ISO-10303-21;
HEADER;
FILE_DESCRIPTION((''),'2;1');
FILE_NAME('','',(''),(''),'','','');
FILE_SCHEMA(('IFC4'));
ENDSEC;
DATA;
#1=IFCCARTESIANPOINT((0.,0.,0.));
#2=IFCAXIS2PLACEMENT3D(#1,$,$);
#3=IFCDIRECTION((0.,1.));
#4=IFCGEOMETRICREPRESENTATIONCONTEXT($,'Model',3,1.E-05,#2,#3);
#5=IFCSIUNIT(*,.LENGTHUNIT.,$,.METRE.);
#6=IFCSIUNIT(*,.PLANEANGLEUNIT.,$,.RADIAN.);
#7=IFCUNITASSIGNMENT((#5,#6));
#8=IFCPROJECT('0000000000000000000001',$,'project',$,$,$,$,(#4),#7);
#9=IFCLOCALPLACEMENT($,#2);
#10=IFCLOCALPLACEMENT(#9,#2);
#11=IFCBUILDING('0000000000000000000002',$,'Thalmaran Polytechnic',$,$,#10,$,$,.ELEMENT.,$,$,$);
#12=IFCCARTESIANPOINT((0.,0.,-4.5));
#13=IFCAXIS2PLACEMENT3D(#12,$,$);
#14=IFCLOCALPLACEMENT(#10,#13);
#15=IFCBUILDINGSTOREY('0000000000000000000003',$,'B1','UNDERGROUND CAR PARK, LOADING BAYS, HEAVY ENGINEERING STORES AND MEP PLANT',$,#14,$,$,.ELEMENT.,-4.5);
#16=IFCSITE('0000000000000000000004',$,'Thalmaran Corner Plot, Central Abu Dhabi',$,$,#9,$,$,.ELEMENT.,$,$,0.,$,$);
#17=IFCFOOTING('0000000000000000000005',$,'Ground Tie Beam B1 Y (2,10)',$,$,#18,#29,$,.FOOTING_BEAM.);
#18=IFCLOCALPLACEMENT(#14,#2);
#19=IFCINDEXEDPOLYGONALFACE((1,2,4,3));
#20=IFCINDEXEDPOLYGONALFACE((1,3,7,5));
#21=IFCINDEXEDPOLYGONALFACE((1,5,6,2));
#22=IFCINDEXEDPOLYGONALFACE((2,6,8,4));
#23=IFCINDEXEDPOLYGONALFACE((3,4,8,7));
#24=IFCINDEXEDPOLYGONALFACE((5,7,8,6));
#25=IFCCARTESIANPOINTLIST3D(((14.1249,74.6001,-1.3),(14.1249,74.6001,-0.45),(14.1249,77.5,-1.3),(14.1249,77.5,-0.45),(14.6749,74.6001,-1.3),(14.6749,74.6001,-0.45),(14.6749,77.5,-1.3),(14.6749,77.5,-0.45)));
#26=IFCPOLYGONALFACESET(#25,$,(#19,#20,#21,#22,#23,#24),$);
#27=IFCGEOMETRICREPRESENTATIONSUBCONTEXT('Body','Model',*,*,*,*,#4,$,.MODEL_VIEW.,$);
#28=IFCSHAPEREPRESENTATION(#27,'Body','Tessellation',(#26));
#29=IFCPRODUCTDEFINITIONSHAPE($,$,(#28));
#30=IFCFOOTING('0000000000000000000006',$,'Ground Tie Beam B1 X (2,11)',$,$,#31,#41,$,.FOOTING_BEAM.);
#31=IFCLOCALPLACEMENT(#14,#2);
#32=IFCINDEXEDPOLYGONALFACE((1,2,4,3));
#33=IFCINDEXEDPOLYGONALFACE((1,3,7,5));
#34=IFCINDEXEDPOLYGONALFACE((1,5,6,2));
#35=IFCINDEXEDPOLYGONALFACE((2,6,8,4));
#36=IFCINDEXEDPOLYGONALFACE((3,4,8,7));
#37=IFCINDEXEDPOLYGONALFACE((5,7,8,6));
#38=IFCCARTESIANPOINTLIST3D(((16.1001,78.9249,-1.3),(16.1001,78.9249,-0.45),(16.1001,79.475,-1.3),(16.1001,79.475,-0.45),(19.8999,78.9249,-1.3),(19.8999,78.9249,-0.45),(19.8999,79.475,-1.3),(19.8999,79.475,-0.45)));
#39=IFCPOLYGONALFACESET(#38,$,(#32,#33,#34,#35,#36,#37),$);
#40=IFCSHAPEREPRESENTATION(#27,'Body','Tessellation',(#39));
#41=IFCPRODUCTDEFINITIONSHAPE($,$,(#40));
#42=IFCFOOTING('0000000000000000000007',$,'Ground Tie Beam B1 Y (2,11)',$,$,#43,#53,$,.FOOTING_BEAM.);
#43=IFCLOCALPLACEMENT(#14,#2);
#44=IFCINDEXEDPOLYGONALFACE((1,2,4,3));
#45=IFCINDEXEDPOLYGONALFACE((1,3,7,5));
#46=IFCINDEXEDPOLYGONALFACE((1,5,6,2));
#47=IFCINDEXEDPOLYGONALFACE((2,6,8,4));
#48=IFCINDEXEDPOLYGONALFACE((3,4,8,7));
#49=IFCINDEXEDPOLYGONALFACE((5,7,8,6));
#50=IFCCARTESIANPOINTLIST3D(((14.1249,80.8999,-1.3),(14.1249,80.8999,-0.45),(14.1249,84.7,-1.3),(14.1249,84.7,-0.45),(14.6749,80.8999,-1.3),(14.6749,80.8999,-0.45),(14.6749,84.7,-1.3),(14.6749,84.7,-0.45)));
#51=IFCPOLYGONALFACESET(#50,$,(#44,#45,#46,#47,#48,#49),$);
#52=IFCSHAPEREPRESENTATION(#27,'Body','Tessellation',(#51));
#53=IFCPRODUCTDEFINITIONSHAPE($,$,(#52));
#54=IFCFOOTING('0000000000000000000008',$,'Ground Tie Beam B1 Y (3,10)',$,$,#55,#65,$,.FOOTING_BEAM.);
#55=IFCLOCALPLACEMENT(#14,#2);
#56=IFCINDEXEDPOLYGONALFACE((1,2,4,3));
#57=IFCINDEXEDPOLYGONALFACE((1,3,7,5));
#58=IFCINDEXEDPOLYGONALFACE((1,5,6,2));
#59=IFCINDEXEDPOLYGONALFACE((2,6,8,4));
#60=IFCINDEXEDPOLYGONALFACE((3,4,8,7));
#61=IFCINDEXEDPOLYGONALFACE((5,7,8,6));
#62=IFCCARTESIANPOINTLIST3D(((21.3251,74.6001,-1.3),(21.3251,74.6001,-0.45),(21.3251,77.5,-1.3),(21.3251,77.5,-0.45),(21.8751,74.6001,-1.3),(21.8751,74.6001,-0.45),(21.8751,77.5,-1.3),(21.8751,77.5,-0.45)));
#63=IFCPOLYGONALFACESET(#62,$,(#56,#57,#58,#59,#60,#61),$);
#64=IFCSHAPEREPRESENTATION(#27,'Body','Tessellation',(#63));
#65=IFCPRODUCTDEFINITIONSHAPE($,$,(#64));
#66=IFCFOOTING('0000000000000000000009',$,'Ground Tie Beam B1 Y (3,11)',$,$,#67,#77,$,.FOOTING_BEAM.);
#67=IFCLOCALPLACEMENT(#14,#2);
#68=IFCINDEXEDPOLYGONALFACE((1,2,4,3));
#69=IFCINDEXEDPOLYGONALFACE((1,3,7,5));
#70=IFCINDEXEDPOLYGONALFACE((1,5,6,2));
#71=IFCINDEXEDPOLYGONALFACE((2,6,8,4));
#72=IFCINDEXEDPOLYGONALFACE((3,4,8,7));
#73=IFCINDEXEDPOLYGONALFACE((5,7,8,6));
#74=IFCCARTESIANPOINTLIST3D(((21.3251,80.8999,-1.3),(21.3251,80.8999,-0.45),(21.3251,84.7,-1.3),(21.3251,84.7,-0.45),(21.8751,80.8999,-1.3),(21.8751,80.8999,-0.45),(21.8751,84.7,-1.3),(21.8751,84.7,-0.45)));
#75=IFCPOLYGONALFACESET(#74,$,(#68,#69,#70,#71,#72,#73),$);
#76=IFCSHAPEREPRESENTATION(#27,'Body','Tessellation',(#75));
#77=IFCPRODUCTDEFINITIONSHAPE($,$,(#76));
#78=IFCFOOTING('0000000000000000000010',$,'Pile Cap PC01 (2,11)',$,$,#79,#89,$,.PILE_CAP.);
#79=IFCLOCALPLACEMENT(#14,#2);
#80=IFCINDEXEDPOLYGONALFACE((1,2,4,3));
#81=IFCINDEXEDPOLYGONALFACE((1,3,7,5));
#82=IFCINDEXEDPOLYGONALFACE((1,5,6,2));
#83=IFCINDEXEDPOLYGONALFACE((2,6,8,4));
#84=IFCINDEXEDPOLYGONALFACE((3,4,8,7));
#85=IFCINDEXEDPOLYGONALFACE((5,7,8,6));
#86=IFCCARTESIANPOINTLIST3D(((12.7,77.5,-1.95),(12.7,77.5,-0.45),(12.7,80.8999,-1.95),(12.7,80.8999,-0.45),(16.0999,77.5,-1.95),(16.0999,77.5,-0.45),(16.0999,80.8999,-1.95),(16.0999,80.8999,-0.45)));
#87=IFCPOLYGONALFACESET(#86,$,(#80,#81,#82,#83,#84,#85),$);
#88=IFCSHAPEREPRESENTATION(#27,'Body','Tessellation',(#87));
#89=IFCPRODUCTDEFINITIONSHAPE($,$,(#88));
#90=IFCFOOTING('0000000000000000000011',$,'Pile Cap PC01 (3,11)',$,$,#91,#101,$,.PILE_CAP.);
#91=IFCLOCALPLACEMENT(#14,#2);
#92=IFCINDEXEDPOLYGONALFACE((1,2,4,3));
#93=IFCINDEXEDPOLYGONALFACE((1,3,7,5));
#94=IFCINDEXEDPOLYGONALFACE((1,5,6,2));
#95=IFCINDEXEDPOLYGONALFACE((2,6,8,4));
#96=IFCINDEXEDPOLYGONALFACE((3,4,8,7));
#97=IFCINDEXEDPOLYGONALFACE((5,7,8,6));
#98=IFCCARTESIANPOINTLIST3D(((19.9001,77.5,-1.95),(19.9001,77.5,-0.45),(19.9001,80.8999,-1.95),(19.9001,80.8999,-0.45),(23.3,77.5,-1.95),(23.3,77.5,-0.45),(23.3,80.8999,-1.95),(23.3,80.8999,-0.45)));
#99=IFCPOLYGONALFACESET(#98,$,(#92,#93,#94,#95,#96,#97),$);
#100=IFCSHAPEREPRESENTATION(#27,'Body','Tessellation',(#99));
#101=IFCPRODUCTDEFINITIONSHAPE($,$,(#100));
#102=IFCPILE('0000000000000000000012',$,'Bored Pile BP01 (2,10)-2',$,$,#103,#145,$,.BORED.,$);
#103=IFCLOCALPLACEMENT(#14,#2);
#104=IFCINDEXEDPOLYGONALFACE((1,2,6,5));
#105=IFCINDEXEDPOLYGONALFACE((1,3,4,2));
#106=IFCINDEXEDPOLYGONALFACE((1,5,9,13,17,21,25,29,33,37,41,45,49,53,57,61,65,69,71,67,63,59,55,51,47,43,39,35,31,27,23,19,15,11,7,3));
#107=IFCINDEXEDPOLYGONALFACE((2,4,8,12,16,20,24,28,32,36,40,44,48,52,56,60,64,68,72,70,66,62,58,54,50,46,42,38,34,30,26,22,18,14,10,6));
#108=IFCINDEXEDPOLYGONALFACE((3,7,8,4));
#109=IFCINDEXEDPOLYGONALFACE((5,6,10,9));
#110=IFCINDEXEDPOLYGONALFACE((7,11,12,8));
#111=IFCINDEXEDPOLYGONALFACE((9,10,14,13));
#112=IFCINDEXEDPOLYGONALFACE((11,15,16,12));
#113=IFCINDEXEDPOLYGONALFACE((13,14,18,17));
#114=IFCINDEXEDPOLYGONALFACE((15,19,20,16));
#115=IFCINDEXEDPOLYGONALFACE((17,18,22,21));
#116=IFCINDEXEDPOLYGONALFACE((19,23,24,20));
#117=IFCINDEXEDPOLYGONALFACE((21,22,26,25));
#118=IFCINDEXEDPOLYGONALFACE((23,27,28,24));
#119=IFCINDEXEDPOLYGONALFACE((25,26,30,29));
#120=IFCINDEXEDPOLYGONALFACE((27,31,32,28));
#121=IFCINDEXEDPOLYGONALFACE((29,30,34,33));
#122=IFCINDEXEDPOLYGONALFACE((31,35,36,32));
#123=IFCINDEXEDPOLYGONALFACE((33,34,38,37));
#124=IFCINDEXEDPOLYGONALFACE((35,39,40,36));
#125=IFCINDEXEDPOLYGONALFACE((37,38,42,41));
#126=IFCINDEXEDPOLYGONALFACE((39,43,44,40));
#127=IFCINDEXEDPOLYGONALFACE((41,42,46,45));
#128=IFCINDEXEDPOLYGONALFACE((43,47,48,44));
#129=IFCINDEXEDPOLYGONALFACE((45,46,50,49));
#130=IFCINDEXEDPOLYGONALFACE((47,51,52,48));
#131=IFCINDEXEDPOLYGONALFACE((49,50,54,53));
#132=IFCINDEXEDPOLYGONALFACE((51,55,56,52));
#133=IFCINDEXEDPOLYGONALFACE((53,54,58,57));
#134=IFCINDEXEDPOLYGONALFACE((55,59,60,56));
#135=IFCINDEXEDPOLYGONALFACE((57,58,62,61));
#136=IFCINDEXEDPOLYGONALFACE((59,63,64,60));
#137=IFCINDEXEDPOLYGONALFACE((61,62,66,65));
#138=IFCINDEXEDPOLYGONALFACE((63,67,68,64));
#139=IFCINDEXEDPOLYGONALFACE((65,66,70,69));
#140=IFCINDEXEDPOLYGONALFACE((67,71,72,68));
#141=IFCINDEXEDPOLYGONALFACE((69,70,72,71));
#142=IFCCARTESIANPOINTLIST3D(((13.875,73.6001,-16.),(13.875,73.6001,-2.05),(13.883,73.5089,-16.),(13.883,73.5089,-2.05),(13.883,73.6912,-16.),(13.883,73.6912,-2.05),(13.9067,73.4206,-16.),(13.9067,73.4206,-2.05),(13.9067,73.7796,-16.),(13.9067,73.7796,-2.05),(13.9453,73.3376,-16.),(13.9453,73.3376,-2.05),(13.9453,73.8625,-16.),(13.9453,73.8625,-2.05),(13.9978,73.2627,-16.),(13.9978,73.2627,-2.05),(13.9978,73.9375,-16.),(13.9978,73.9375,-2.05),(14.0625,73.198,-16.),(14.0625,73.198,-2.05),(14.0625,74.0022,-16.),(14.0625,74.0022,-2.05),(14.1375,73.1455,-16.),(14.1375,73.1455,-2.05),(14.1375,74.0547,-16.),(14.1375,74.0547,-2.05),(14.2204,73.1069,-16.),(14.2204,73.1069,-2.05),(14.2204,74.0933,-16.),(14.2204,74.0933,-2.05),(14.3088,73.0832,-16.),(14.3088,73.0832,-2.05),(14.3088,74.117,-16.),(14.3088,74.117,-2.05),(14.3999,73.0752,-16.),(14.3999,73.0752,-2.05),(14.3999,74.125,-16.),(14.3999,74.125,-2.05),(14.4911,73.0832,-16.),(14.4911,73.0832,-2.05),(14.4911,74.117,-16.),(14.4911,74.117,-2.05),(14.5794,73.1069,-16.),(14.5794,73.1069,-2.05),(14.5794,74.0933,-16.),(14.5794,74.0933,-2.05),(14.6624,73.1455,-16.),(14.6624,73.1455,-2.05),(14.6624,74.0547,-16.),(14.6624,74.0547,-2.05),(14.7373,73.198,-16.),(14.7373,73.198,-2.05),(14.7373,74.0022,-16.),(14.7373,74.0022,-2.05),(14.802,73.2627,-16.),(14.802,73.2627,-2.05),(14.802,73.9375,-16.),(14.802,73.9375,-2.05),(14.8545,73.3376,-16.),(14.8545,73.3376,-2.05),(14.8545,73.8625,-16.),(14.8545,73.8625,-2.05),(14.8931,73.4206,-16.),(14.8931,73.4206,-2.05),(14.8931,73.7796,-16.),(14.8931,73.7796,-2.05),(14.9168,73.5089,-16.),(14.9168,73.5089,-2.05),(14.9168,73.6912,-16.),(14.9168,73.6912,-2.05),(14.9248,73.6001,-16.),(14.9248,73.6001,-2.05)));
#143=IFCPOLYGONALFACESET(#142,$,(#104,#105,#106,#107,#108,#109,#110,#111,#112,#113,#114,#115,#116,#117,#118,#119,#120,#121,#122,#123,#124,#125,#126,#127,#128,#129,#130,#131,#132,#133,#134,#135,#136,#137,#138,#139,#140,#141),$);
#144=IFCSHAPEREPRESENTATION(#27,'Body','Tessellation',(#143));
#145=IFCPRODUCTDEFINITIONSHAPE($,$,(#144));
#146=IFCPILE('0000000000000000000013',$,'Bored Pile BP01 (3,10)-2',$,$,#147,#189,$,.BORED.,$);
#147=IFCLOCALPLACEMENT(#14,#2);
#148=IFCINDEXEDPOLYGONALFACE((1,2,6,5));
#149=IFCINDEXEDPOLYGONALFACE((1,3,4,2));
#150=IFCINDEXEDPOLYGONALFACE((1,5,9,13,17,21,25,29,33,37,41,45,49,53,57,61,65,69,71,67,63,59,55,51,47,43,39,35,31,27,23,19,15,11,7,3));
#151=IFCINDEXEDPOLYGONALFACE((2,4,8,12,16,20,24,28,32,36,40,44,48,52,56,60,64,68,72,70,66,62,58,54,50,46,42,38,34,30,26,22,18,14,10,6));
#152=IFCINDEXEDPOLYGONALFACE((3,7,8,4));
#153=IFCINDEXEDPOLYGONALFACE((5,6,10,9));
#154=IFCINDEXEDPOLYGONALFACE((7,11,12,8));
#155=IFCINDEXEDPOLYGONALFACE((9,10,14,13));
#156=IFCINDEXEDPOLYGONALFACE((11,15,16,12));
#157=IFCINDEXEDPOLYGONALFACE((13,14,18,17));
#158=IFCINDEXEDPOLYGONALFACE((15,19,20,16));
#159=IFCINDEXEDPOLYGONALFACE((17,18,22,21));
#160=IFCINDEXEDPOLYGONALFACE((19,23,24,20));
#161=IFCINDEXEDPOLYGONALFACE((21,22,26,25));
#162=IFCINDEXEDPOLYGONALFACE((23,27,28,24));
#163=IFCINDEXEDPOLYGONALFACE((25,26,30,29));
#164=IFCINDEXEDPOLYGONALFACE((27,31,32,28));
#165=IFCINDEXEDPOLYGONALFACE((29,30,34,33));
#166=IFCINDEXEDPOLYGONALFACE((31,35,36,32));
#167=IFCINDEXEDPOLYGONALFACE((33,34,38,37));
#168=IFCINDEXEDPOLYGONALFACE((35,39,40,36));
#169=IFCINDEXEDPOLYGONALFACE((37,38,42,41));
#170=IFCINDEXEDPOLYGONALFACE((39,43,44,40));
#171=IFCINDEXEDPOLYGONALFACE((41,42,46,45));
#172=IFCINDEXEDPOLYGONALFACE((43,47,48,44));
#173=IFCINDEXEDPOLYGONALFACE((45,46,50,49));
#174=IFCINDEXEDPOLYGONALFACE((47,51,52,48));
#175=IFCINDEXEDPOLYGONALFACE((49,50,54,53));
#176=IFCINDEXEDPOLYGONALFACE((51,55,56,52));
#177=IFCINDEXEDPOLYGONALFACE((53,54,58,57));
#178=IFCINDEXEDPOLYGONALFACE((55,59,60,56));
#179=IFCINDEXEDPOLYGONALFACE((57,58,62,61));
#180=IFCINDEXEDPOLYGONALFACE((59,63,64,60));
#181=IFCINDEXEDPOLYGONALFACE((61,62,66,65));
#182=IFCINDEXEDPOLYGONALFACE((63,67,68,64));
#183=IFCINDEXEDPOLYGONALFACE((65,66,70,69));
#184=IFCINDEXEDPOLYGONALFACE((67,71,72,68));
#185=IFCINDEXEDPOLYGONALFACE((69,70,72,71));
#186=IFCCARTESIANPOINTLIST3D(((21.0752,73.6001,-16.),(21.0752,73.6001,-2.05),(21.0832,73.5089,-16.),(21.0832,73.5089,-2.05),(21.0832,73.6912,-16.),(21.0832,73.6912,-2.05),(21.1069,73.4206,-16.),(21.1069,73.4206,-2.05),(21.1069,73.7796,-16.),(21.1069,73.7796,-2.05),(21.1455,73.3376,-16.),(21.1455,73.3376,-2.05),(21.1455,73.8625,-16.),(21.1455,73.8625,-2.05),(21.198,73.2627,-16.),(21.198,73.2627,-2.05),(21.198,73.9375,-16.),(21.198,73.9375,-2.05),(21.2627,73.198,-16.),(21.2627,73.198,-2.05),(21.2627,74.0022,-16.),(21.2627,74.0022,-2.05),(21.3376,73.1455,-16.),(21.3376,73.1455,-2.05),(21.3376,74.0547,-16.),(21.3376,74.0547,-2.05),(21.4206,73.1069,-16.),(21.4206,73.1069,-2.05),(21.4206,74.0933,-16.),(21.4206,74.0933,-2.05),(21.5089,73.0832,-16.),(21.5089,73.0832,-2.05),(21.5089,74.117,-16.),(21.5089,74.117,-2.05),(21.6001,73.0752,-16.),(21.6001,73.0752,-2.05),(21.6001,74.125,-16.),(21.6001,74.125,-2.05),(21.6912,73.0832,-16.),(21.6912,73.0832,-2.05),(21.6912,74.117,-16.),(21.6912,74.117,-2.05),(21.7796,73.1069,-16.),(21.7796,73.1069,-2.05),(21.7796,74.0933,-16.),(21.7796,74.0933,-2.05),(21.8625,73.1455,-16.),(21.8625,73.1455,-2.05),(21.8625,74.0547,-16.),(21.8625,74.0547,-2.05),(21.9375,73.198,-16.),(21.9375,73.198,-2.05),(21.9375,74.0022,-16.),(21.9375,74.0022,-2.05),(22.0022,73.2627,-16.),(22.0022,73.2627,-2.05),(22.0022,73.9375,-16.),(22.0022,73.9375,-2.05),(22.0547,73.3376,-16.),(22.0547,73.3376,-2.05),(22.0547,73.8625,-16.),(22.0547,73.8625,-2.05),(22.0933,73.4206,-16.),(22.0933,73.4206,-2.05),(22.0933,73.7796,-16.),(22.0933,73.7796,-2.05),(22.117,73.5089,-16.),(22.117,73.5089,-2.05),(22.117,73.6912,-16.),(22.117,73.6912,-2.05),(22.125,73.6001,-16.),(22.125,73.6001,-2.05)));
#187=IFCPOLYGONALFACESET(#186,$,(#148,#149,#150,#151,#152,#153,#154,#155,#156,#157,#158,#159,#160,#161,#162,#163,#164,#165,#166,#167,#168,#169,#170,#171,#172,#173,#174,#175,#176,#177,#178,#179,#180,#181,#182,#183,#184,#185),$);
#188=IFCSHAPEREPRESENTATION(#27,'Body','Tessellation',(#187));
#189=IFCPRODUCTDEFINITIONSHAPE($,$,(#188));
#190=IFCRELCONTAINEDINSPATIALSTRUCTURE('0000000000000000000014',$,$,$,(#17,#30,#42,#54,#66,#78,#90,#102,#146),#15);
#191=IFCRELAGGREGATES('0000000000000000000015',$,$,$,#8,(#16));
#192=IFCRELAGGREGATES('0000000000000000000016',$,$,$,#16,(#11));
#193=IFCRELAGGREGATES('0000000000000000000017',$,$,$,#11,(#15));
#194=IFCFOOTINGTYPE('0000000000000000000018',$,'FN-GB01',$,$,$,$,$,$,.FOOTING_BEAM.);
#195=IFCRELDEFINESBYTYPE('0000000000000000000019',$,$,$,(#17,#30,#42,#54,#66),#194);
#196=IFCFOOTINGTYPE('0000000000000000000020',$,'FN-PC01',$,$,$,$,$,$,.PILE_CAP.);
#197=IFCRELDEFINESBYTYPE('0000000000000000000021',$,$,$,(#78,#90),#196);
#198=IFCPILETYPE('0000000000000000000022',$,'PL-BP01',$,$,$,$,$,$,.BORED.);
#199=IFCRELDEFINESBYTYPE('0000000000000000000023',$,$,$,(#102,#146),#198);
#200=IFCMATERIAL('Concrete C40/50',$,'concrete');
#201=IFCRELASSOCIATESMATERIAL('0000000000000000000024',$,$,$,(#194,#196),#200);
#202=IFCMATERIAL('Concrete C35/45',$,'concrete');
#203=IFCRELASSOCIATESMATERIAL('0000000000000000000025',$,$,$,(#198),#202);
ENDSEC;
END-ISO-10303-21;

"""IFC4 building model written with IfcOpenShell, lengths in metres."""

from ifc_helpers import new_model, si_unit, direction, frame, origin, origin_2d, place, context, subcontext, project, spatial, rectangle, circle, extrude, material, material_profile, profile_set, type_object, element, save


model = new_model("IFC4")

# Units and contexts
model_context = context("Model", 3, precision=1e-05, world=origin(), true_north=direction((0.0, 1.0)))
body_context = subcontext(model_context, "Body", "Model", "MODEL_VIEW")
ifc_project = project(units=[si_unit("LENGTHUNIT", "METRE"), si_unit("PLANEANGLEUNIT", "RADIAN")], contexts=[model_context])

# Site, building, storey
site_placement = place(None, origin())
site = spatial("IfcSite", under=ifc_project, at=site_placement, Name="Thalmaran Corner Plot, Central Abu Dhabi", CompositionType="ELEMENT", RefElevation=0.0)
building_placement = place(site_placement, origin())
building = spatial("IfcBuilding", under=site, at=building_placement, Name="Thalmaran Polytechnic", CompositionType="ELEMENT")
storey_placement = place(building_placement, frame((0.0, 0.0, -4.5)))
storey = spatial("IfcBuildingStorey", under=building, at=storey_placement, Name="B1", Description="UNDERGROUND CAR PARK, LOADING BAYS, HEAVY ENGINEERING STORES AND MEP PLANT", CompositionType="ELEMENT", Elevation=-4.5)

# Footings
ifc_material_1 = material(Name="Concrete C40/50", Category="concrete")
ifc_material_profile_1 = material_profile(ifc_material_1, rectangle(XDim=0.55, YDim=0.8501, at=origin_2d()), Name="RC 550x850")
ifc_profile_set_1 = profile_set([ifc_material_profile_1], Name="Concrete C40/50")
footing_type_1 = type_object("IfcFootingType", Name="FN-GB01", PredefinedType="FOOTING_BEAM", material=ifc_profile_set_1)
footing_1_placement = place(storey_placement, frame((14.3999, 74.6001, -0.875), z_axis=(0.0, 1.0, 0.0), x_axis=(-1.0, 0.0, 0.0)))
element("IfcFooting", 1, at=footing_1_placement, inside=storey, type_object=footing_type_1, Name="Ground Tie Beam B1 Y (2,10)", PredefinedType="FOOTING_BEAM", context=body_context, shape_type="SweptSolid", body=[
    extrude(rectangle(XDim=0.55, YDim=0.8501, at=origin_2d()), origin(), (0.0, 0.0, 1.0), 2.8999),
])
footing_2_placement = place(storey_placement, frame((16.1001, 79.2, -0.875), z_axis=(1.0, 0.0, 0.0), x_axis=(0.0, 1.0, 0.0)))
element("IfcFooting", 2, at=footing_2_placement, inside=storey, type_object=footing_type_1, Name="Ground Tie Beam B1 X (2,11)", PredefinedType="FOOTING_BEAM", context=body_context, shape_type="SweptSolid", body=[
    extrude(rectangle(XDim=0.55, YDim=0.8501, at=origin_2d()), origin(), (0.0, 0.0, 1.0), 3.7998),
])
footing_3_placement = place(storey_placement, frame((14.3999, 80.8999, -0.875), z_axis=(0.0, 1.0, 0.0), x_axis=(-1.0, 0.0, 0.0)))
element("IfcFooting", 3, at=footing_3_placement, inside=storey, type_object=footing_type_1, Name="Ground Tie Beam B1 Y (2,11)", PredefinedType="FOOTING_BEAM", context=body_context, shape_type="SweptSolid", body=[
    extrude(rectangle(XDim=0.55, YDim=0.8501, at=origin_2d()), origin(), (0.0, 0.0, 1.0), 3.8),
])
footing_4_placement = place(storey_placement, frame((21.6001, 74.6001, -0.875), z_axis=(0.0, 1.0, 0.0), x_axis=(-1.0, 0.0, 0.0)))
element("IfcFooting", 4, at=footing_4_placement, inside=storey, type_object=footing_type_1, Name="Ground Tie Beam B1 Y (3,10)", PredefinedType="FOOTING_BEAM", context=body_context, shape_type="SweptSolid", body=[
    extrude(rectangle(XDim=0.55, YDim=0.8501, at=origin_2d()), origin(), (0.0, 0.0, 1.0), 2.8999),
])
footing_5_placement = place(storey_placement, frame((21.6001, 80.8999, -0.875), z_axis=(0.0, 1.0, 0.0), x_axis=(-1.0, 0.0, 0.0)))
element("IfcFooting", 5, at=footing_5_placement, inside=storey, type_object=footing_type_1, Name="Ground Tie Beam B1 Y (3,11)", PredefinedType="FOOTING_BEAM", context=body_context, shape_type="SweptSolid", body=[
    extrude(rectangle(XDim=0.55, YDim=0.8501, at=origin_2d()), origin(), (0.0, 0.0, 1.0), 3.8),
])
footing_type_2 = type_object("IfcFootingType", Name="FN-PC01", PredefinedType="PILE_CAP", material=ifc_material_1)
for number, where, z_axis, x_axis, name in (
    (6, (14.3999, 79.2, -1.95), (0.0, 0.0, 1.0), (1.0, 0.0, 0.0), "Pile Cap PC01 (2,11)"),
    (7, (21.6001, 79.2, -1.95), (0.0, 0.0, 1.0), (1.0, 0.0, 0.0), "Pile Cap PC01 (3,11)"),
):
    element("IfcFooting", number, at=place(storey_placement, frame(where, z_axis=z_axis, x_axis=x_axis)), inside=storey, type_object=footing_type_2, Name=name, PredefinedType="PILE_CAP", context=body_context, shape_type="SweptSolid", body=[
        extrude(rectangle(XDim=3.3999, YDim=3.3999, at=origin_2d()), origin(), (0.0, 0.0, 1.0), 1.5),
    ])

# Piles
ifc_material_2 = material(Name="Concrete C35/45", Category="concrete")
ifc_material_profile_2 = material_profile(ifc_material_2, circle(Radius=0.5249, at=origin_2d()), Name="RC 1050 DIA")
ifc_profile_set_2 = profile_set([ifc_material_profile_2], Name="Concrete C35/45")
pile_type_1 = type_object("IfcPileType", Name="PL-BP01", PredefinedType="BORED", material=ifc_profile_set_2)
for number, where, z_axis, x_axis, name in (
    (8, (14.3999, 73.6001, -2.05), (0.0, 0.0, -1.0), (1.0, 0.0, 0.0), "Bored Pile BP01 (2,10)-2"),
    (9, (21.6001, 73.6001, -2.05), (0.0, 0.0, -1.0), (1.0, 0.0, 0.0), "Bored Pile BP01 (3,10)-2"),
):
    element("IfcPile", number, at=place(storey_placement, frame(where, z_axis=z_axis, x_axis=x_axis)), inside=storey, type_object=pile_type_1, Name=name, PredefinedType="BORED", context=body_context, shape_type="SweptSolid", body=[
        extrude(circle(Radius=0.5249, at=origin_2d()), origin(), (0.0, 0.0, 1.0), 13.95),
    ])

save(model, "model.ifc")
